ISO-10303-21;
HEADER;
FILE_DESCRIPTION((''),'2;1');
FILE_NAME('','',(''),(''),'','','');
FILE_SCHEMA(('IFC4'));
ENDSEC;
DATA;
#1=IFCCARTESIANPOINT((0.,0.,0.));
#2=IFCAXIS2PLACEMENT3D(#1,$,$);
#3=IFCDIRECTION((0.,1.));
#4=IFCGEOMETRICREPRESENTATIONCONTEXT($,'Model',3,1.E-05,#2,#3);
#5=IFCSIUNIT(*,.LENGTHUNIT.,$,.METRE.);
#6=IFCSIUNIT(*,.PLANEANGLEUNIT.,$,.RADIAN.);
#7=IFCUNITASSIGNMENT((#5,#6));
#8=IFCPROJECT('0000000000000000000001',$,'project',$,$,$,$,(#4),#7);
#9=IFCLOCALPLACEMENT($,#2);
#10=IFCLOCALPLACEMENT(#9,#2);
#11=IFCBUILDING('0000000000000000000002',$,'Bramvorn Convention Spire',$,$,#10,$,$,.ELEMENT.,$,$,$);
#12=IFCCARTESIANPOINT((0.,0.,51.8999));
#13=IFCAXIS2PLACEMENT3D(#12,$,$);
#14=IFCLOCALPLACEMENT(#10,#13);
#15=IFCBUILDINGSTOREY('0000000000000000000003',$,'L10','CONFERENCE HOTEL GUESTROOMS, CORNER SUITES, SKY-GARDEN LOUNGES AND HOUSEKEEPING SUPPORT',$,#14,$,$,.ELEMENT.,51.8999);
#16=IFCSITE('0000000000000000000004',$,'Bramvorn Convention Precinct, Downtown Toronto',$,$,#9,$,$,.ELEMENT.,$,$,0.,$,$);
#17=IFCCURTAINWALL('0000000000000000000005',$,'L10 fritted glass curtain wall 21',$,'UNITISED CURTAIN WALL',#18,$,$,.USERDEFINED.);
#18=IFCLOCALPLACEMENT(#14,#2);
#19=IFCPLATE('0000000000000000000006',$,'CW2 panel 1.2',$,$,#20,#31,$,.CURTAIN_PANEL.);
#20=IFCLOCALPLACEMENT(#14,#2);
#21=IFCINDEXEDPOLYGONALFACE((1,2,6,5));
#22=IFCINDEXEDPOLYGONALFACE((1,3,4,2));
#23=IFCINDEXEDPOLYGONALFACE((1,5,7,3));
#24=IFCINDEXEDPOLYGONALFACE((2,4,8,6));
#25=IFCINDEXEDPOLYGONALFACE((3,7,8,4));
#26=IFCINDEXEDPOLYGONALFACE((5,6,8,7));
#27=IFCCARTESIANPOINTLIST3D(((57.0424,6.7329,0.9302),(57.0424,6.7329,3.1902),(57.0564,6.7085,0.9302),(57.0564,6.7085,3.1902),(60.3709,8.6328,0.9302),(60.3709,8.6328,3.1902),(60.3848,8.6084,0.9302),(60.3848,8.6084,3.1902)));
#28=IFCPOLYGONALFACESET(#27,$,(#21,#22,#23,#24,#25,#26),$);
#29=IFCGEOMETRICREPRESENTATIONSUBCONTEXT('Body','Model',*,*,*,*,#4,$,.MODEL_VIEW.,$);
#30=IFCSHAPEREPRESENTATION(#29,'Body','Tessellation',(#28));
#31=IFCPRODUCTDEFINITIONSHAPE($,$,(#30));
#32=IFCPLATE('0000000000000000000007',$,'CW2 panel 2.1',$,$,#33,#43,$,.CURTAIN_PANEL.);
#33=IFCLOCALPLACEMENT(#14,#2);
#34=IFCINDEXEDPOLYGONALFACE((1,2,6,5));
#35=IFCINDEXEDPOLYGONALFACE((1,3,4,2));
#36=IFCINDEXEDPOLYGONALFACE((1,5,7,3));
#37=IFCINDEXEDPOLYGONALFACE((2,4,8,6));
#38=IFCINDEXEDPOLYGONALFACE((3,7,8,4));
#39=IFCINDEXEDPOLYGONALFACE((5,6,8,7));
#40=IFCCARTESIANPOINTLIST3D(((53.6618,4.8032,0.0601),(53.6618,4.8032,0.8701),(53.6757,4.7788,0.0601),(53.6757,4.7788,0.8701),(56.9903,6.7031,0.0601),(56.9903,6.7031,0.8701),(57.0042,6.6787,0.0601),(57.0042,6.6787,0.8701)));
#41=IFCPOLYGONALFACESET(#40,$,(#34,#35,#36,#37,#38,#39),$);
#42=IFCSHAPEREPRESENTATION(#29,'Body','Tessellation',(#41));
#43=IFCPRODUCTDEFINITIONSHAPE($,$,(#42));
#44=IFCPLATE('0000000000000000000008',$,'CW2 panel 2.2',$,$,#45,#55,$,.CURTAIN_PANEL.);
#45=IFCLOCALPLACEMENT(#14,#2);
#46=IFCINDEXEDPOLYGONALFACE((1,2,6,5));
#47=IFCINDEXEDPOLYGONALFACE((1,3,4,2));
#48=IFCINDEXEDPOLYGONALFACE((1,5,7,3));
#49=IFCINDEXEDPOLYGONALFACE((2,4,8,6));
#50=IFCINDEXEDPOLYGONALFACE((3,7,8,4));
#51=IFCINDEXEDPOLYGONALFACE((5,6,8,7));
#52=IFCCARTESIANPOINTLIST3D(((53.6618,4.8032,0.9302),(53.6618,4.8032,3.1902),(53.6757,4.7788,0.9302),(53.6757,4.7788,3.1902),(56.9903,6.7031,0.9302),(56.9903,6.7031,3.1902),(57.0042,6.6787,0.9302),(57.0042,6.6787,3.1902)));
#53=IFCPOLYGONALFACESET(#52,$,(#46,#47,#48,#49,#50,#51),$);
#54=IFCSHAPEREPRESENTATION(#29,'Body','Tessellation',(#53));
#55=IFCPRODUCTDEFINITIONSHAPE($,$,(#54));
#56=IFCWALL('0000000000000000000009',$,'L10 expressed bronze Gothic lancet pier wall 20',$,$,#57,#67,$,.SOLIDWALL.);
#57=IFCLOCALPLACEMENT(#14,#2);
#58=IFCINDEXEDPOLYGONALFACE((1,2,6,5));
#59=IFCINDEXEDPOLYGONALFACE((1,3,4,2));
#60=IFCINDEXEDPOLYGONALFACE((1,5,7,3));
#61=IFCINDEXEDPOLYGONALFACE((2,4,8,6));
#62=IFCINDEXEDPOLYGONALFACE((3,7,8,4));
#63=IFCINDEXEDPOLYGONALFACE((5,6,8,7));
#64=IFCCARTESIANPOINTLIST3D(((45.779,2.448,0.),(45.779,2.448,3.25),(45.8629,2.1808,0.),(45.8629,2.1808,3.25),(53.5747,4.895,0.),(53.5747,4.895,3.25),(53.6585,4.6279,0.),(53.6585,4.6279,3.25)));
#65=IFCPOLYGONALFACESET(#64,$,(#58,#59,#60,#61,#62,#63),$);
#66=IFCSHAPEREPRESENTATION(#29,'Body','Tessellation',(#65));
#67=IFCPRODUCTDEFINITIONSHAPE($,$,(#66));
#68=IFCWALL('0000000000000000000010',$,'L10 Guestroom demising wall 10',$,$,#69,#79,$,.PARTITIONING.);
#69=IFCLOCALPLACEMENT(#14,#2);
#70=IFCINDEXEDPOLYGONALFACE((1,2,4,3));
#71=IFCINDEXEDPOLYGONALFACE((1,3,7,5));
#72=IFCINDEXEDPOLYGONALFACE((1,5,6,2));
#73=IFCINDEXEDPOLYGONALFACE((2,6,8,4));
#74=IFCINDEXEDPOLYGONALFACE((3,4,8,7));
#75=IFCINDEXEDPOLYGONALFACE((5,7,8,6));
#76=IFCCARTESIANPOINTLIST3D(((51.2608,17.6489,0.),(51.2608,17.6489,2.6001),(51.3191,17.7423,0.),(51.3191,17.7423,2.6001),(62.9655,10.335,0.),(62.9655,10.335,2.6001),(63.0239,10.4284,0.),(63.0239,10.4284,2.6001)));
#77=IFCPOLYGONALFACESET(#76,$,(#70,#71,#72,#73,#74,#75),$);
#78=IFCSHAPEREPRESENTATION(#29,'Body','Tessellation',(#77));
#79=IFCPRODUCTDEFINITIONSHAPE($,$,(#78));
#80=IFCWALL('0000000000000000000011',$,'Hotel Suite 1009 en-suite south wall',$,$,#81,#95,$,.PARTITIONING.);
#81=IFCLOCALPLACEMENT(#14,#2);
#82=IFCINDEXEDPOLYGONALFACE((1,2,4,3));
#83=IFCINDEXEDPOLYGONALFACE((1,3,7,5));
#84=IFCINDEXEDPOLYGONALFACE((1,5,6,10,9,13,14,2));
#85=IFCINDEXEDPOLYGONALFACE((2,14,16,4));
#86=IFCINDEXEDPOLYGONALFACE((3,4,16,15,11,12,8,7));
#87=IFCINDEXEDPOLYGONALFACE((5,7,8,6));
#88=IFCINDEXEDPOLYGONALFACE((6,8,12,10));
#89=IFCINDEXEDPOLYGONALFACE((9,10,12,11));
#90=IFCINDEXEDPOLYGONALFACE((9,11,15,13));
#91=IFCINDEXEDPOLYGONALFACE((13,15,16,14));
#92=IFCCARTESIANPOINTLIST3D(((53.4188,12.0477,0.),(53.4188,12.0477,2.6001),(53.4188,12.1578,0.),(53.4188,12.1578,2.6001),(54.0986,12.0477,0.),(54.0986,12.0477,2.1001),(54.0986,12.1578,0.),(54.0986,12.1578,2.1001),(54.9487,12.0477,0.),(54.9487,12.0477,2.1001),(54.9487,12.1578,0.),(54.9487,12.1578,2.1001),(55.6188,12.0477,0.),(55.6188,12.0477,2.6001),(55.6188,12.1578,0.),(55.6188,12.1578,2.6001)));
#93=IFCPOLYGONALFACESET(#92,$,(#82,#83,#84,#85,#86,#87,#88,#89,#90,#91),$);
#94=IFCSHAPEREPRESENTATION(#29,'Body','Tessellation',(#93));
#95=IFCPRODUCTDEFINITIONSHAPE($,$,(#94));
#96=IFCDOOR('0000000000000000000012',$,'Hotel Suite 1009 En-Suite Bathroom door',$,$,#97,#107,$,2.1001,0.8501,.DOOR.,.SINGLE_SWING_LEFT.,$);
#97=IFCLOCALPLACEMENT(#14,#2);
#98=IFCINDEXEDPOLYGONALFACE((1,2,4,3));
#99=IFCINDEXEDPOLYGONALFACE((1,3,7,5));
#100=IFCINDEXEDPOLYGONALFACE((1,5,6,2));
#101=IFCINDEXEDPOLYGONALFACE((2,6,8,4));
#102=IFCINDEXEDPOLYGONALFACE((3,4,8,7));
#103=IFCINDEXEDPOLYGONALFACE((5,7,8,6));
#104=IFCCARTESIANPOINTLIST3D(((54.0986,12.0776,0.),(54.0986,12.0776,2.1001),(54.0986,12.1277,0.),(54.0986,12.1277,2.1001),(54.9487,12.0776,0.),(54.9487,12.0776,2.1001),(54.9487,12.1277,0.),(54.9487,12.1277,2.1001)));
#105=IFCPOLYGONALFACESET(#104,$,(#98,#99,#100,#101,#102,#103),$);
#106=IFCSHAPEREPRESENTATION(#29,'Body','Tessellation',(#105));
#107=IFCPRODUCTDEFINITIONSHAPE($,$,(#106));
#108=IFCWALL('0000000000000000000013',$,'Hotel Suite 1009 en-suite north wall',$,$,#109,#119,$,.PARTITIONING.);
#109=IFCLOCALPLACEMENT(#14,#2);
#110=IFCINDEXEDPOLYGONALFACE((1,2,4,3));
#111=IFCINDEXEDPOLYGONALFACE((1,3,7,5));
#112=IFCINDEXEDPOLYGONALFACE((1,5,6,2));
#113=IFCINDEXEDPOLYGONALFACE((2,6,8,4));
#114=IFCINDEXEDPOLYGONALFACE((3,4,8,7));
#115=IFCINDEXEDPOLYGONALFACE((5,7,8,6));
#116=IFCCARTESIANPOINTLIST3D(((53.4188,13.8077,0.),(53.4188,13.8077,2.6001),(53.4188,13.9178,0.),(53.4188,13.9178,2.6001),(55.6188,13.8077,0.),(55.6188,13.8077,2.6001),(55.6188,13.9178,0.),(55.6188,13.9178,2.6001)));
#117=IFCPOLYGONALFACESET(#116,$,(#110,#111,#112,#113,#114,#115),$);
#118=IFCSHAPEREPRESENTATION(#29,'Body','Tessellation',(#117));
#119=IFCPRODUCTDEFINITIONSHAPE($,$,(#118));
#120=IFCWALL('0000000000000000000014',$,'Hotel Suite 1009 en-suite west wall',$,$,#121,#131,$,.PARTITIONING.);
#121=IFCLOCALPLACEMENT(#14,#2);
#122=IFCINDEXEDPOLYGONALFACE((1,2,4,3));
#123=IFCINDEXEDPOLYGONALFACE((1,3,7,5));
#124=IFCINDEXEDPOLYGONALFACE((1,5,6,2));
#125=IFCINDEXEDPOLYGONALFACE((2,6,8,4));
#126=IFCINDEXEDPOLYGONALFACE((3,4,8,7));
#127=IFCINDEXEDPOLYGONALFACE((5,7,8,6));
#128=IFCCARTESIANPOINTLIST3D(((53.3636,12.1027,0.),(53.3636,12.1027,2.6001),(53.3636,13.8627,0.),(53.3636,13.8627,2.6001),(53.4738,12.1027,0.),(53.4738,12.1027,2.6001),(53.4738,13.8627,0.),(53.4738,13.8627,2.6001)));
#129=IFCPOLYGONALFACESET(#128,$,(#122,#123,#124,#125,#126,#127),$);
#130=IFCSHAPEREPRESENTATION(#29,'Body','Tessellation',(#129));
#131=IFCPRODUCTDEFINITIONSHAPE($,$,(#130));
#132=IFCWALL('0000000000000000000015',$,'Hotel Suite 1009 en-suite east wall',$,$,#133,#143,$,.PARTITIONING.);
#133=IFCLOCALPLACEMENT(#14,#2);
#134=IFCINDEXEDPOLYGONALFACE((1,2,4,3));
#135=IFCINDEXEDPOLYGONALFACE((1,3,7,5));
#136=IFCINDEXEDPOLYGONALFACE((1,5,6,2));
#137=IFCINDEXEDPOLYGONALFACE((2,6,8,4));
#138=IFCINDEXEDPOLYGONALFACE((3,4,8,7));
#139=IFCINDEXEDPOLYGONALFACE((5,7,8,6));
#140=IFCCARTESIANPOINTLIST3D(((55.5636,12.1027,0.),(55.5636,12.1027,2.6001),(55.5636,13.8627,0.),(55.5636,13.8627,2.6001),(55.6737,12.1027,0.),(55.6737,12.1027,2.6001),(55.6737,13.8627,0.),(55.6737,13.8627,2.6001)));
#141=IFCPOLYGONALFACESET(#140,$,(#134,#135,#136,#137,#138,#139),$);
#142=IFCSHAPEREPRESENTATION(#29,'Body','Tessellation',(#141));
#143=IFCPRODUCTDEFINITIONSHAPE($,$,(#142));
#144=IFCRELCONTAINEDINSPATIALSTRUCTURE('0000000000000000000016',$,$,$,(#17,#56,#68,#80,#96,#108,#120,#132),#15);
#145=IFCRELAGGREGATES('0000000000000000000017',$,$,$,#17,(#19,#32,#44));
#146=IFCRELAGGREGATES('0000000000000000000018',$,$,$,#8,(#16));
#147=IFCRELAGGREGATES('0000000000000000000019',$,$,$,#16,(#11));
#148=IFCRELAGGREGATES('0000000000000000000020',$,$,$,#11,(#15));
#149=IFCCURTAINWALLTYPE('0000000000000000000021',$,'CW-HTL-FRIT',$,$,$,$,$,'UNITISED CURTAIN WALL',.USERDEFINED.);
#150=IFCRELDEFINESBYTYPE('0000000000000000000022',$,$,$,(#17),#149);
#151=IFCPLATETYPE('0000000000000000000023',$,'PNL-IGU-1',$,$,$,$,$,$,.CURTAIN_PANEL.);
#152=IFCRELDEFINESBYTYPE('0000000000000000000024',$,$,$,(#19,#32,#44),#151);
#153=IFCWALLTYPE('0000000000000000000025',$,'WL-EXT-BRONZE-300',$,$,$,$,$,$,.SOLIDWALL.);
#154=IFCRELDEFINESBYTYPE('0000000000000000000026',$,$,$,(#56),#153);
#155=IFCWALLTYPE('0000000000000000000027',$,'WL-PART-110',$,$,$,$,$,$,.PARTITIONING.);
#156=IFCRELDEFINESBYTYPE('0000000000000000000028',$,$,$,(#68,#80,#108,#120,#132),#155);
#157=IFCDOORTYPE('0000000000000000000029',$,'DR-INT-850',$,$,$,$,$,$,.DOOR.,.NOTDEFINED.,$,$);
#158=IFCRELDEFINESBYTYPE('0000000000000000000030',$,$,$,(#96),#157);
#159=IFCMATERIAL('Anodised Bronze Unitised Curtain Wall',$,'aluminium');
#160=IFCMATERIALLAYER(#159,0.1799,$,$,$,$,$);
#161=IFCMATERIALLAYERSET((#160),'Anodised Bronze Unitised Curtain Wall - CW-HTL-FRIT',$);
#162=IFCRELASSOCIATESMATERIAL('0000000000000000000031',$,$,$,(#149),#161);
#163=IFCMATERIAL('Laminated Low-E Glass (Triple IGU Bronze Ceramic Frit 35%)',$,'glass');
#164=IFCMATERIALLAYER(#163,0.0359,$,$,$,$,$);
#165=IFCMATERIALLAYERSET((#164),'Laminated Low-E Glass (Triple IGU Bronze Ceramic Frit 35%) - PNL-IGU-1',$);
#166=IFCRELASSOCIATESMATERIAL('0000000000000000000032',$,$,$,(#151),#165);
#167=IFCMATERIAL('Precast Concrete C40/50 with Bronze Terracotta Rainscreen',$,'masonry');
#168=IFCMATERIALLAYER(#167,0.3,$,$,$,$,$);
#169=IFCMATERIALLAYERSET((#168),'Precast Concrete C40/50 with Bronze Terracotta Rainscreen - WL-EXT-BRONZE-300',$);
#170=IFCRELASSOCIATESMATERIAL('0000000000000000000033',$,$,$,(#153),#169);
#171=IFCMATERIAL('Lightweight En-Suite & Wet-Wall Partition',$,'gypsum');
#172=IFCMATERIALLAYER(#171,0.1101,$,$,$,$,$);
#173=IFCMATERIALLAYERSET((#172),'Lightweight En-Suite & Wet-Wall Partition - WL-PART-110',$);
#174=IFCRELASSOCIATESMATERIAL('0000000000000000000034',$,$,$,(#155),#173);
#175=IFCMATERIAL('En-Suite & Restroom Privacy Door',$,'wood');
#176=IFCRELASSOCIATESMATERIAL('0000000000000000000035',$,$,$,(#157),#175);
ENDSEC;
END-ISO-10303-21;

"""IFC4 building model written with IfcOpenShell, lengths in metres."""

from ifc_helpers import new_model, si_unit, direction, frame, frame_2d, origin, origin_2d, place, context, subcontext, project, spatial, rectangle, extrude, material, layer, layer_set, type_object, element, fill, aggregate, save


model = new_model("IFC4")

# Units and contexts
model_context = context("Model", 3, precision=1e-05, world=origin(), true_north=direction((0.0, 1.0)))
body_context = subcontext(model_context, "Body", "Model", "MODEL_VIEW")
ifc_project = project(units=[si_unit("LENGTHUNIT", "METRE"), si_unit("PLANEANGLEUNIT", "RADIAN")], contexts=[model_context])

# Site, building, storey
site_placement = place(None, origin())
site = spatial("IfcSite", under=ifc_project, at=site_placement, Name="Bramvorn Convention Precinct, Downtown Toronto", CompositionType="ELEMENT", RefElevation=0.0)
building_placement = place(site_placement, origin())
building = spatial("IfcBuilding", under=site, at=building_placement, Name="Bramvorn Convention Spire", CompositionType="ELEMENT")
storey_placement = place(building_placement, frame((0.0, 0.0, 51.8999)))
storey = spatial("IfcBuildingStorey", under=building, at=storey_placement, Name="L10", Description="CONFERENCE HOTEL GUESTROOMS, CORNER SUITES, SKY-GARDEN LOUNGES AND HOUSEKEEPING SUPPORT", CompositionType="ELEMENT", Elevation=51.8999)

# Curtain wall, plates
ifc_material_1 = material(Name="Anodised Bronze Unitised Curtain Wall", Category="aluminium")
ifc_layer_1 = layer(ifc_material_1, 0.1799)
ifc_layer_set_1 = layer_set([ifc_layer_1], Name="Anodised Bronze Unitised Curtain Wall - CW-HTL-FRIT")
curtain_wall_type = type_object("IfcCurtainWallType", Name="CW-HTL-FRIT", ElementType="UNITISED CURTAIN WALL", PredefinedType="USERDEFINED", material=ifc_layer_set_1)
curtain_wall_placement = place(storey_placement, origin())
curtain_wall = element("IfcCurtainWall", 1, at=curtain_wall_placement, inside=storey, type_object=curtain_wall_type, Name="L10 fritted glass curtain wall 21", ObjectType="UNITISED CURTAIN WALL", PredefinedType="USERDEFINED")
ifc_material_2 = material(Name="Laminated Low-E Glass (Triple IGU Bronze Ceramic Frit 35%)", Category="glass")
ifc_layer_2 = layer(ifc_material_2, 0.0359)
ifc_layer_set_2 = layer_set([ifc_layer_2], Name="Laminated Low-E Glass (Triple IGU Bronze Ceramic Frit 35%) - PNL-IGU-1")
plate_type = type_object("IfcPlateType", Name="PNL-IGU-1", PredefinedType="CURTAIN_PANEL", material=ifc_layer_set_2)
plate_1_placement = place(storey_placement, frame((58.7136, 7.6707, 0.9302), z_axis=(0.0, 0.0, 1.0), x_axis=(-0.868479, -0.495726, 0.0)))
plate_1 = element("IfcPlate", 2, at=plate_1_placement, type_object=plate_type, Name="CW2 panel 1.2", PredefinedType="CURTAIN_PANEL", context=body_context, shape_type="SweptSolid", body=[
    extrude(rectangle(XDim=3.8325, YDim=0.0281, at=origin_2d()), origin(), (0.0, 0.0, 1.0), 2.26),
])
plate_2_placement = place(storey_placement, frame((55.333, 5.741, 0.0601), z_axis=(0.0, 0.0, 1.0), x_axis=(-0.868479, -0.495726, 0.0)))
plate_2 = element("IfcPlate", 3, at=plate_2_placement, type_object=plate_type, Name="CW2 panel 2.1", PredefinedType="CURTAIN_PANEL", context=body_context, shape_type="SweptSolid", body=[
    extrude(rectangle(XDim=3.8325, YDim=0.0281, at=origin_2d()), origin(), (0.0, 0.0, 1.0), 0.8101),
])
plate_3_placement = place(storey_placement, frame((55.333, 5.741, 0.9302), z_axis=(0.0, 0.0, 1.0), x_axis=(-0.868479, -0.495726, 0.0)))
plate_3 = element("IfcPlate", 4, at=plate_3_placement, type_object=plate_type, Name="CW2 panel 2.2", PredefinedType="CURTAIN_PANEL", context=body_context, shape_type="SweptSolid", body=[
    extrude(rectangle(XDim=3.8325, YDim=0.0281, at=origin_2d()), origin(), (0.0, 0.0, 1.0), 2.26),
])
aggregate(curtain_wall, [plate_1, plate_2, plate_3])

# Walls
ifc_material_3 = material(Name="Precast Concrete C40/50 with Bronze Terracotta Rainscreen", Category="masonry")
ifc_layer_3 = layer(ifc_material_3, 0.3)
ifc_layer_set_3 = layer_set([ifc_layer_3], Name="Precast Concrete C40/50 with Bronze Terracotta Rainscreen - WL-EXT-BRONZE-300")
wall_type_1 = type_object("IfcWallType", Name="WL-EXT-BRONZE-300", PredefinedType="SOLIDWALL", material=ifc_layer_set_3)
wall_1_placement = place(storey_placement, frame((53.6167, 4.7615, 0.0), z_axis=(0.0, 0.0, 1.0), x_axis=(-0.9541, -0.299488, 0.0)))
element("IfcWall", 5, at=wall_1_placement, inside=storey, type_object=wall_type_1, Name="L10 expressed bronze Gothic lancet pier wall 20", PredefinedType="SOLIDWALL", context=body_context, shape_type="SweptSolid", body=[
    extrude(rectangle(XDim=8.1707, YDim=0.28, at=frame_2d((4.0854, 0.0))), origin(), (0.0, 0.0, 1.0), 3.25),
])
ifc_material_4 = material(Name="Lightweight En-Suite & Wet-Wall Partition", Category="gypsum")
ifc_layer_4 = layer(ifc_material_4, 0.1101)
ifc_layer_set_4 = layer_set([ifc_layer_4], Name="Lightweight En-Suite & Wet-Wall Partition - WL-PART-110")
wall_type_2 = type_object("IfcWallType", Name="WL-PART-110", PredefinedType="PARTITIONING", material=ifc_layer_set_4)
wall_2_placement = place(storey_placement, frame((51.29, 17.6956, 0.0), z_axis=(0.0, 0.0, 1.0), x_axis=(0.848049, -0.529918, 0.0)))
element("IfcWall", 6, at=wall_2_placement, inside=storey, type_object=wall_type_2, Name="L10 Guestroom demising wall 10", PredefinedType="PARTITIONING", context=body_context, shape_type="SweptSolid", body=[
    extrude(rectangle(XDim=13.802, YDim=0.1101, at=frame_2d((6.9009, 0.0))), origin(), (0.0, 0.0, 1.0), 2.6001),
])

# Wall, opening, door
wall_3_placement = place(storey_placement, frame((53.4187, 12.1028, 0.0), z_axis=(0.0, 0.0, 1.0), x_axis=(1.0, 0.0, 0.0)))
wall_3 = element("IfcWall", 7, at=wall_3_placement, inside=storey, type_object=wall_type_2, Name="Hotel Suite 1009 en-suite south wall", PredefinedType="PARTITIONING", context=body_context, shape_type="SweptSolid", body=[
    extrude(rectangle(XDim=2.2, YDim=0.1101, at=frame_2d((1.1001, 0.0))), origin(), (0.0, 0.0, 1.0), 2.6001),
])
opening_1_placement = place(wall_3_placement, frame((0.6799, 0.0, 0.0)))
opening_1 = element("IfcOpeningElement", 8, at=opening_1_placement, cuts=wall_3, PredefinedType="OPENING", context=body_context, shape_type="SweptSolid", body=[
    extrude(rectangle(XDim=0.8501, YDim=2.1001, at=frame_2d((0.425, 1.05))), frame((0.0, 0.0649, 0.0), z_axis=(0.0, -1.0, 0.0), x_axis=(1.0, 0.0, 0.0)), (0.0, 0.0, 1.0), 0.1301),
])
ifc_material_5 = material(Name="En-Suite & Restroom Privacy Door", Category="wood")
door_type_1 = type_object("IfcDoorType", Name="DR-INT-850", OperationType="NOTDEFINED", PredefinedType="DOOR", material=ifc_material_5)
door_1_placement = place(opening_1_placement, origin())
door_1 = element("IfcDoor", 9, at=door_1_placement, inside=storey, type_object=door_type_1, Name="Hotel Suite 1009 En-Suite Bathroom door", OperationType="SINGLE_SWING_LEFT", OverallHeight=2.1001, OverallWidth=0.8501, PredefinedType="DOOR", context=body_context, shape_type="SweptSolid", body=[
    extrude(rectangle(XDim=0.8501, YDim=2.1001, at=frame_2d((0.425, 1.05))), frame((0.0, 0.0249, 0.0), z_axis=(0.0, -1.0, 0.0), x_axis=(1.0, 0.0, 0.0)), (0.0, 0.0, 1.0), 0.05),
])
fill(opening_1, door_1)

# Walls
wall_4_placement = place(storey_placement, frame((53.4187, 13.8628, 0.0), z_axis=(0.0, 0.0, 1.0), x_axis=(1.0, 0.0, 0.0)))
element("IfcWall", 10, at=wall_4_placement, inside=storey, type_object=wall_type_2, Name="Hotel Suite 1009 en-suite north wall", PredefinedType="PARTITIONING", context=body_context, shape_type="SweptSolid", body=[
    extrude(rectangle(XDim=2.2, YDim=0.1101, at=frame_2d((1.1001, 0.0))), origin(), (0.0, 0.0, 1.0), 2.6001),
])
for number, where, z_axis, x_axis, name in (
    (11, (53.4187, 12.1028, 0.0), (0.0, 0.0, 1.0), (0.0, 1.0, 0.0), "Hotel Suite 1009 en-suite west wall"),
    (12, (55.6187, 12.1028, 0.0), (0.0, 0.0, 1.0), (0.0, 1.0, 0.0), "Hotel Suite 1009 en-suite east wall"),
):
    element("IfcWall", number, at=place(storey_placement, frame(where, z_axis=z_axis, x_axis=x_axis)), inside=storey, type_object=wall_type_2, Name=name, PredefinedType="PARTITIONING", context=body_context, shape_type="SweptSolid", body=[
        extrude(rectangle(XDim=1.76, YDim=0.1101, at=frame_2d((0.8799, 0.0))), origin(), (0.0, 0.0, 1.0), 2.6001),
    ])

save(model, "model.ifc")
